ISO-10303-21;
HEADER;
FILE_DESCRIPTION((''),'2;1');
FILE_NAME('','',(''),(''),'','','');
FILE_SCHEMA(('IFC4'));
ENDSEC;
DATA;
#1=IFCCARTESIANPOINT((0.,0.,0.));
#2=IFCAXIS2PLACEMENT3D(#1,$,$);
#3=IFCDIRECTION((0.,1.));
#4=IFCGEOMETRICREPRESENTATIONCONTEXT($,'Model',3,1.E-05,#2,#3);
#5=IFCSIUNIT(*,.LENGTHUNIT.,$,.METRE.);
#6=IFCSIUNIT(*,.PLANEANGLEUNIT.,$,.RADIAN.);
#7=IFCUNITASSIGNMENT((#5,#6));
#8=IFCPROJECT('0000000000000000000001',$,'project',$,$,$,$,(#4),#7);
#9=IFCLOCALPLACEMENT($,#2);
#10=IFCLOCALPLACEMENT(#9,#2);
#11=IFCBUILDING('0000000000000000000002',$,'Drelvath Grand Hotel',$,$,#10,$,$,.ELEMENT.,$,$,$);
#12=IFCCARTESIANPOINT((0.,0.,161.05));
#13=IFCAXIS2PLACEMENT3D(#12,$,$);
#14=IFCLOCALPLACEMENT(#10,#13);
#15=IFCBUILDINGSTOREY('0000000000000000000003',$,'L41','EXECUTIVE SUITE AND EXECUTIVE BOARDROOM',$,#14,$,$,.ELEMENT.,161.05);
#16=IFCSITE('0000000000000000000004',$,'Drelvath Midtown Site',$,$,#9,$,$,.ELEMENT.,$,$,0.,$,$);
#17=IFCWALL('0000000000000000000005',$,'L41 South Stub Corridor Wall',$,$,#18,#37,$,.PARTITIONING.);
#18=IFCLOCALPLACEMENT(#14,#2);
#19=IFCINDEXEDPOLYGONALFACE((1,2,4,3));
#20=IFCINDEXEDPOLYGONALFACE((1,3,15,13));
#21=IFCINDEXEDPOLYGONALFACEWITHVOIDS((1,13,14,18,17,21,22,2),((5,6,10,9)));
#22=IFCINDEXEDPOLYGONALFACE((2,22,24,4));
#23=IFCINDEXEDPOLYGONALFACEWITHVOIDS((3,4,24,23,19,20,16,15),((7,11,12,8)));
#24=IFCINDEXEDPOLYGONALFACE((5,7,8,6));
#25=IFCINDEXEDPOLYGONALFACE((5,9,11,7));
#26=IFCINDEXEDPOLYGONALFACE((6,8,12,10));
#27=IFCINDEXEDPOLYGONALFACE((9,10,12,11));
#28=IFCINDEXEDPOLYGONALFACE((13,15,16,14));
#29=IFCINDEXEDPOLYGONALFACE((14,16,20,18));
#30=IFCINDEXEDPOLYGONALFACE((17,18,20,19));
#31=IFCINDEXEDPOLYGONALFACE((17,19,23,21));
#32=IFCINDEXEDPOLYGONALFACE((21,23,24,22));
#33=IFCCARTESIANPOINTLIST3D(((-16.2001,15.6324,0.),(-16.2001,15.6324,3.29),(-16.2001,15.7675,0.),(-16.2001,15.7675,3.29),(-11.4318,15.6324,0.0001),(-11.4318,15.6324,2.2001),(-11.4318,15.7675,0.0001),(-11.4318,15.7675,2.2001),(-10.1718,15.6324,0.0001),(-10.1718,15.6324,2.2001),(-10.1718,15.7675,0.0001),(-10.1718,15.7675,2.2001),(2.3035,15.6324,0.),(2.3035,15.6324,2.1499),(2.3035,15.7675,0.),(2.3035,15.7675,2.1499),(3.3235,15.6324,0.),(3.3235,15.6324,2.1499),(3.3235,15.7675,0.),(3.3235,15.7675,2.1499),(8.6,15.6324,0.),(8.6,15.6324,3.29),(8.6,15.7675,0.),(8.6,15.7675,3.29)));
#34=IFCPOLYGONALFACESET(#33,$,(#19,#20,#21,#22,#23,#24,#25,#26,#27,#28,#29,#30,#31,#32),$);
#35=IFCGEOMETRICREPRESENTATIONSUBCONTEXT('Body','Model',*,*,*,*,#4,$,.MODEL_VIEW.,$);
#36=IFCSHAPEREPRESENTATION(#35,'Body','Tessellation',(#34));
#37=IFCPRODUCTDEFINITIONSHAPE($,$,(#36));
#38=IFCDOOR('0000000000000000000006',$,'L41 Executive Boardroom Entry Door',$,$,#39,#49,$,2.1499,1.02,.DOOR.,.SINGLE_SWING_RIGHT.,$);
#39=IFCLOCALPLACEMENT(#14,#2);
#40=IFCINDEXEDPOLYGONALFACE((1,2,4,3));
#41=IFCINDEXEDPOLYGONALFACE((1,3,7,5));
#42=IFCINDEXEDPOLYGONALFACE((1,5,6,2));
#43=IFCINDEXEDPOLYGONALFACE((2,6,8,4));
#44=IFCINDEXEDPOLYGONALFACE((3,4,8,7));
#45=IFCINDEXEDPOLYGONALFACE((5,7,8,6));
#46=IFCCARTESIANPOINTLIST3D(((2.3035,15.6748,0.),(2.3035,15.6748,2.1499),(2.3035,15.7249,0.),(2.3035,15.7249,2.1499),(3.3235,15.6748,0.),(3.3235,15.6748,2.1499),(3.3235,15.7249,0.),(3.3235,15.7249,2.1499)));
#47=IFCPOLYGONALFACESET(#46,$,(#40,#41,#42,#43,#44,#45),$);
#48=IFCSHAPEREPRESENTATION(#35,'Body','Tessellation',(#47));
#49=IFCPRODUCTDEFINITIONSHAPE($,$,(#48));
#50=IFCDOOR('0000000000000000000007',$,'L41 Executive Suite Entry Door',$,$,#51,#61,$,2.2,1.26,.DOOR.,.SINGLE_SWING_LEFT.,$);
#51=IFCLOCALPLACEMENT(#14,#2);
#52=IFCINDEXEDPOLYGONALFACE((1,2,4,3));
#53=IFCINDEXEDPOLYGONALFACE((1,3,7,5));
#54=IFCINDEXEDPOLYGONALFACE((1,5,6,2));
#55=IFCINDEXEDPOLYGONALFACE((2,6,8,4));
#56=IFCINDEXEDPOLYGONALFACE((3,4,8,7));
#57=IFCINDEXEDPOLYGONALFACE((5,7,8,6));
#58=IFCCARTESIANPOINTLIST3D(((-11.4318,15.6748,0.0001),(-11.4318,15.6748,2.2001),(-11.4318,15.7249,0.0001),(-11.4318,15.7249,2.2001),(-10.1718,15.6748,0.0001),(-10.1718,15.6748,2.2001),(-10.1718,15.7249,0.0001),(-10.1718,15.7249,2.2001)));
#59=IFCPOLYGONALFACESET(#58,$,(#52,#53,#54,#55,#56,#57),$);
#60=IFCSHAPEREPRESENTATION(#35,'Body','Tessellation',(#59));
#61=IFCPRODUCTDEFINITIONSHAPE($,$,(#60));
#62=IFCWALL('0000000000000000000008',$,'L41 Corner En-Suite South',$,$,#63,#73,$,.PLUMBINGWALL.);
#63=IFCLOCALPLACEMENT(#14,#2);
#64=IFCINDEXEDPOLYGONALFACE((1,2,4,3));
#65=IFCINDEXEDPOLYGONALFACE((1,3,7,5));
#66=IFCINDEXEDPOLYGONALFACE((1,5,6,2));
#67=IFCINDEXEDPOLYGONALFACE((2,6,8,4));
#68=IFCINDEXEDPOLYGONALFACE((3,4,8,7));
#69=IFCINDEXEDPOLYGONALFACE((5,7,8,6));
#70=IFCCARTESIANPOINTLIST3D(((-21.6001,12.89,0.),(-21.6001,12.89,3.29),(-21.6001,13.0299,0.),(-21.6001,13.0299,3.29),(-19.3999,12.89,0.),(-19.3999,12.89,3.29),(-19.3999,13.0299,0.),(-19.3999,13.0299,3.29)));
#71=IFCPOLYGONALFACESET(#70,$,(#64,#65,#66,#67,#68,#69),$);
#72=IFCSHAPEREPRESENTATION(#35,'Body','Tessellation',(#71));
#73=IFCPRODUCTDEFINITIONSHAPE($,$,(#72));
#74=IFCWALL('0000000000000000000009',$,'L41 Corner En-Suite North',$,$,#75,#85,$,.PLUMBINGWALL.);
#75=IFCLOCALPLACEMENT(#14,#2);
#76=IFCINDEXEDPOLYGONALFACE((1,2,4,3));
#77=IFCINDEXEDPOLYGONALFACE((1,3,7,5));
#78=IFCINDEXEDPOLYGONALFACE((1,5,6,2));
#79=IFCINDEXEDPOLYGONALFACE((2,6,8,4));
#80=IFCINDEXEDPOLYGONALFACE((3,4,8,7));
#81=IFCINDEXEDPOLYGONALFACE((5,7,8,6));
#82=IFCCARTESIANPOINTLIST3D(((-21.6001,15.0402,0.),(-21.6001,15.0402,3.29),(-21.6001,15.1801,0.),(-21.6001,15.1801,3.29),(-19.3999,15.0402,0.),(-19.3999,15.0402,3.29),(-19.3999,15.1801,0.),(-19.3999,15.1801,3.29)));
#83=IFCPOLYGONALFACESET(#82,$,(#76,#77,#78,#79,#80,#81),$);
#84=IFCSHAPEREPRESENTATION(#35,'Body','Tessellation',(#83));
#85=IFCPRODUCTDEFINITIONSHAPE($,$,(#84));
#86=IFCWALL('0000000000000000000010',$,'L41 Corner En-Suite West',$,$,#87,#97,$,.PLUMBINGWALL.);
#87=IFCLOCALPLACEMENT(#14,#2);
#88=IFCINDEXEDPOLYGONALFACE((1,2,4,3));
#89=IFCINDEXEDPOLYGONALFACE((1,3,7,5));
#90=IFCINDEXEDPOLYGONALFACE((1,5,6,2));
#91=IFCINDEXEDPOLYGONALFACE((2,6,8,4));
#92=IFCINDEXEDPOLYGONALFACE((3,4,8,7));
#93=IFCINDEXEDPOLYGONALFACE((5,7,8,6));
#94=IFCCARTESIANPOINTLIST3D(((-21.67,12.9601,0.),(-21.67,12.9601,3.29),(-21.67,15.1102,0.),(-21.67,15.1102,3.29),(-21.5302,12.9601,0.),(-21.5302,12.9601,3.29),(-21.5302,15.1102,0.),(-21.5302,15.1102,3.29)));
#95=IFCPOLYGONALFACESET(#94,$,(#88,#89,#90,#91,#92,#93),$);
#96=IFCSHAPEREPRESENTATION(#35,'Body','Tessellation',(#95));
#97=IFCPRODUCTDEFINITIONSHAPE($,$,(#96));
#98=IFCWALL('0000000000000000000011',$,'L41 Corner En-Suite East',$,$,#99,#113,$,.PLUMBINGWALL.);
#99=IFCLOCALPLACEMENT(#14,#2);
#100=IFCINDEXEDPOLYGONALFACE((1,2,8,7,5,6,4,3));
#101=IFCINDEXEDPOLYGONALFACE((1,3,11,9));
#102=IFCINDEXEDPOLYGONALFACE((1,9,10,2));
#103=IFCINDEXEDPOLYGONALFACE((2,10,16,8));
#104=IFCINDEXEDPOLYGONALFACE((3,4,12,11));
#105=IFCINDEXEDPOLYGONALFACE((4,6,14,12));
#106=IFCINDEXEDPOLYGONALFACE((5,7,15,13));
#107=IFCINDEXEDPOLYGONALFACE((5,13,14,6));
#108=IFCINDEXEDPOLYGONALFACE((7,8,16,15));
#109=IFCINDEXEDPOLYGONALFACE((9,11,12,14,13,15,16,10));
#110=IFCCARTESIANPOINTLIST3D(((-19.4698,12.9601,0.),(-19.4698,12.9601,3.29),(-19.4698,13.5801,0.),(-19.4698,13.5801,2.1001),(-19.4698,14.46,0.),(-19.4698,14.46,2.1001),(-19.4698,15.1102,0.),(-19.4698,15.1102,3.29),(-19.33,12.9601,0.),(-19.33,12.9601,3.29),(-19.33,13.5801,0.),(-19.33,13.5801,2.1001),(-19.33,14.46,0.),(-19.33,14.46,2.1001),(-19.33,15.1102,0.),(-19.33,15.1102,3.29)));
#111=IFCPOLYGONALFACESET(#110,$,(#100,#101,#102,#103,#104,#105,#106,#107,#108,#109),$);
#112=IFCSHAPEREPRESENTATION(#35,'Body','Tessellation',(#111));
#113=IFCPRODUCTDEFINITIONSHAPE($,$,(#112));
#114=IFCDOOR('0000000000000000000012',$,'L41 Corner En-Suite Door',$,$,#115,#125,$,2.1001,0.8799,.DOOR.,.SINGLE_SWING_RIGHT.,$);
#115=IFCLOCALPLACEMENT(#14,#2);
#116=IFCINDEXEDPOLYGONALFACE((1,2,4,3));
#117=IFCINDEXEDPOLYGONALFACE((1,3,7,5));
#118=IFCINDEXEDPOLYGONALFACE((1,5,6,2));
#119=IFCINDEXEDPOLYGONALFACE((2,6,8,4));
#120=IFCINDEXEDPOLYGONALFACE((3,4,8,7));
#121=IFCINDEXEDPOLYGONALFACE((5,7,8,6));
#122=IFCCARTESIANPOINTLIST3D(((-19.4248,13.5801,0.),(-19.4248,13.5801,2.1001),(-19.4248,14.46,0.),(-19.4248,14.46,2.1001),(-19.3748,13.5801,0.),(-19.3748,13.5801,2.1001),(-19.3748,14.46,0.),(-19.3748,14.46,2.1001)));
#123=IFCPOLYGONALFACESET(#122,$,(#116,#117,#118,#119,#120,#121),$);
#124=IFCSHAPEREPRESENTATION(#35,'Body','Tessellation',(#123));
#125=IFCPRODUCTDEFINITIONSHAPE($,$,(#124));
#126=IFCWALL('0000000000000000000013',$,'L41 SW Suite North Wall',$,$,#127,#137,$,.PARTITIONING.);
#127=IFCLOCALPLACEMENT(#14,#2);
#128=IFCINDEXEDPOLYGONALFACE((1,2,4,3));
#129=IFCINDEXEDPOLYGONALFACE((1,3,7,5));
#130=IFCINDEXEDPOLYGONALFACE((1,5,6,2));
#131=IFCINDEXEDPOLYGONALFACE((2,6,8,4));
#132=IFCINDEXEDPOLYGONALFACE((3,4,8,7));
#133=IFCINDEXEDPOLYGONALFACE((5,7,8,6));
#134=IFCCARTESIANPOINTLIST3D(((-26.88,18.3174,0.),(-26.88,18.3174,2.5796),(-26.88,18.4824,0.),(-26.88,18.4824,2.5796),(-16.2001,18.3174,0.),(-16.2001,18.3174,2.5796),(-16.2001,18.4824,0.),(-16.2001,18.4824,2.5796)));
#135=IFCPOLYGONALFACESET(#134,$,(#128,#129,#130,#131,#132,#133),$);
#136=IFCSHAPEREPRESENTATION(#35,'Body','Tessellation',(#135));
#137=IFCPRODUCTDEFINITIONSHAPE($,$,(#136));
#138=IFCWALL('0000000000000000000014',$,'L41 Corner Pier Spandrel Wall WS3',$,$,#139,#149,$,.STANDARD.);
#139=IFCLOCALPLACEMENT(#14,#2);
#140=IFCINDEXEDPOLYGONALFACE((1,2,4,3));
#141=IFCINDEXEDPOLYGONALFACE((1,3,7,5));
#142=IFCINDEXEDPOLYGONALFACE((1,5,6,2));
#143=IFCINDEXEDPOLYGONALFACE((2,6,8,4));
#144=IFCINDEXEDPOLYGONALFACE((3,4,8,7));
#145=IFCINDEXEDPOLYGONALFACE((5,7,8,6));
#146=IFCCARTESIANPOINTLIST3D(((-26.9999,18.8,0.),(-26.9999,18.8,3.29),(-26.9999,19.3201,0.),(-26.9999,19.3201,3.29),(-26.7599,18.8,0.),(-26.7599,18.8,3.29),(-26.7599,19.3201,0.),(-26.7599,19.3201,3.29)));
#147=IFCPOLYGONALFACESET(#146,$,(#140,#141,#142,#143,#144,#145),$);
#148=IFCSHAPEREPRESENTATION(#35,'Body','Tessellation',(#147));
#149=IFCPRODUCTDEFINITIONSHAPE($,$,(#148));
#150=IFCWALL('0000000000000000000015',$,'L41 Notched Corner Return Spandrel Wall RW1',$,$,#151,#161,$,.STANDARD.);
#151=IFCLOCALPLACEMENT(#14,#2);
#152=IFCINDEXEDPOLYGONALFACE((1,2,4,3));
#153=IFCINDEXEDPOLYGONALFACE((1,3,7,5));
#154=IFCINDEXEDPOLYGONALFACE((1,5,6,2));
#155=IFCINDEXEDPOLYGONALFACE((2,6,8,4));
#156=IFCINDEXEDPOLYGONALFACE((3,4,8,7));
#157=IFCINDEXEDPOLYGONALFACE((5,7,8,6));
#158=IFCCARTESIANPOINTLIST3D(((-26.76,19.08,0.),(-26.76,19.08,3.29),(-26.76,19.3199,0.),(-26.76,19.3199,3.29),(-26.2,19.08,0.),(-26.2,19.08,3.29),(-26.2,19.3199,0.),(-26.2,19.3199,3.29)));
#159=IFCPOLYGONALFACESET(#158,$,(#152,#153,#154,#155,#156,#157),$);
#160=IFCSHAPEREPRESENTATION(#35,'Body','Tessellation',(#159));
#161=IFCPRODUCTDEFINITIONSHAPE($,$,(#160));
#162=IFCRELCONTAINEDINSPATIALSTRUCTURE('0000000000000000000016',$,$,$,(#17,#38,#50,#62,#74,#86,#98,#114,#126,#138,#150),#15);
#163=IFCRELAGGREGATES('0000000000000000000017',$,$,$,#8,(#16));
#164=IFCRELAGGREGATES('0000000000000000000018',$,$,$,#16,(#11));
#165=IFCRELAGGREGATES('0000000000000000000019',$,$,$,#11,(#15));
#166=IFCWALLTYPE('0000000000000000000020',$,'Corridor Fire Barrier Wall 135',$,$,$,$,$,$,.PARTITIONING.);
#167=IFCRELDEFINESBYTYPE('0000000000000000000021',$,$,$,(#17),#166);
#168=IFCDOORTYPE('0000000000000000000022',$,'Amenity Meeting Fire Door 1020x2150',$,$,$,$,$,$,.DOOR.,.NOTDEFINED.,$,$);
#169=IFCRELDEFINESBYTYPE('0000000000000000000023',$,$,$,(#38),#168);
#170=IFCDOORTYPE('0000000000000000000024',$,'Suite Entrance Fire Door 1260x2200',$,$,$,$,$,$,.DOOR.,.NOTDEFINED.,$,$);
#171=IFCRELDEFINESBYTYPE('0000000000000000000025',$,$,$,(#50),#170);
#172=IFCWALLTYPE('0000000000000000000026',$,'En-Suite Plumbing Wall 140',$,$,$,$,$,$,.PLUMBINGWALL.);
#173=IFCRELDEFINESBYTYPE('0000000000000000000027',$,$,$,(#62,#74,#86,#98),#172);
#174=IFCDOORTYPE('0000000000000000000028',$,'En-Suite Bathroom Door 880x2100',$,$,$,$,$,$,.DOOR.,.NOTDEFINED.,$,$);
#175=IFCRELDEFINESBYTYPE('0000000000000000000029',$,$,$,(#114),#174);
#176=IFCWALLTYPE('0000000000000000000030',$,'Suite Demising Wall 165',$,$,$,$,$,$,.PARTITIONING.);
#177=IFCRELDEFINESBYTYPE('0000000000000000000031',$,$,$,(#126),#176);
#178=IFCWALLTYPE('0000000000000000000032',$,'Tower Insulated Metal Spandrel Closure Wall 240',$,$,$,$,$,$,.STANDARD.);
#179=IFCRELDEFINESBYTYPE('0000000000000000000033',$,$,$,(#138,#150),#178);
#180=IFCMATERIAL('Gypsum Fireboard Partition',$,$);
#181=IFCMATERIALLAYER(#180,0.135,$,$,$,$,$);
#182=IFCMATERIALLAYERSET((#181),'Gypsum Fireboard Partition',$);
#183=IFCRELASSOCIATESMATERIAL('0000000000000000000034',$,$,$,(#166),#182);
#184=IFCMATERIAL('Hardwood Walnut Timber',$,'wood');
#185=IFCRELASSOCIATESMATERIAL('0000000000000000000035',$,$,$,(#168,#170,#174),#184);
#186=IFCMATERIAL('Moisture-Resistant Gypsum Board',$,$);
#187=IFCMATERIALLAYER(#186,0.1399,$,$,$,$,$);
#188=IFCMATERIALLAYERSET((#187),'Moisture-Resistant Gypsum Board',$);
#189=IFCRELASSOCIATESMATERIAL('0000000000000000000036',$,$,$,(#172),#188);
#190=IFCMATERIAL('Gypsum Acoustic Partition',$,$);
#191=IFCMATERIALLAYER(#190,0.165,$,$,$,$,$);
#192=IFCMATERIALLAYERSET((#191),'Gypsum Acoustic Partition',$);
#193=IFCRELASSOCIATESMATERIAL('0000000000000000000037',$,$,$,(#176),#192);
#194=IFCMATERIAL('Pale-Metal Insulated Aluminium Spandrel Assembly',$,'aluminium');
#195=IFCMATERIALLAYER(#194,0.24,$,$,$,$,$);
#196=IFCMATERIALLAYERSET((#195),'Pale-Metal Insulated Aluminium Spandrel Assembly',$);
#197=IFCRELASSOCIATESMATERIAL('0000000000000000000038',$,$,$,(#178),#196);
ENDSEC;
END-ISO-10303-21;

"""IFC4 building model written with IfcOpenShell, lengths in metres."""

from ifc_helpers import new_model, si_unit, direction, frame, frame_2d, origin, place, context, subcontext, project, spatial, rectangle, extrude, material, layer, layer_set, type_object, element, fill, save


model = new_model("IFC4")

# Units and contexts
model_context = context("Model", 3, precision=1e-05, world=origin(), true_north=direction((0.0, 1.0)))
body_context = subcontext(model_context, "Body", "Model", "MODEL_VIEW")
ifc_project = project(units=[si_unit("LENGTHUNIT", "METRE"), si_unit("PLANEANGLEUNIT", "RADIAN")], contexts=[model_context])

# Site, building, storey
site_placement = place(None, origin())
site = spatial("IfcSite", under=ifc_project, at=site_placement, Name="Drelvath Midtown Site", CompositionType="ELEMENT", RefElevation=0.0)
building_placement = place(site_placement, origin())
building = spatial("IfcBuilding", under=site, at=building_placement, Name="Drelvath Grand Hotel", CompositionType="ELEMENT")
storey_placement = place(building_placement, frame((0.0, 0.0, 161.05)))
storey = spatial("IfcBuildingStorey", under=building, at=storey_placement, Name="L41", Description="EXECUTIVE SUITE AND EXECUTIVE BOARDROOM", CompositionType="ELEMENT", Elevation=161.05)

# Wall, openings, doors
ifc_material_1 = material(Name="Gypsum Fireboard Partition")
ifc_layer_1 = layer(ifc_material_1, 0.135)
ifc_layer_set_1 = layer_set([ifc_layer_1], Name="Gypsum Fireboard Partition")
wall_type_1 = type_object("IfcWallType", Name="Corridor Fire Barrier Wall 135", PredefinedType="PARTITIONING", material=ifc_layer_set_1)
wall_1_placement = place(storey_placement, frame((-16.2, 15.7, 0.0), z_axis=(0.0, 0.0, 1.0), x_axis=(1.0, 0.0, 0.0)))
wall_1 = element("IfcWall", 1, at=wall_1_placement, inside=storey, type_object=wall_type_1, Name="L41 South Stub Corridor Wall", PredefinedType="PARTITIONING", context=body_context, shape_type="SweptSolid", body=[
    extrude(rectangle(XDim=24.8, YDim=0.135, at=frame_2d((12.3999, 0.0))), origin(), (0.0, 0.0, 1.0), 3.29),
])
opening_1_placement = place(wall_1_placement, frame((4.7683, 0.0, 0.0)))
opening_1 = element("IfcOpeningElement", 2, at=opening_1_placement, cuts=wall_1, PredefinedType="OPENING", context=body_context, shape_type="SweptSolid", body=[
    extrude(rectangle(XDim=1.26, YDim=2.2, at=frame_2d((0.6299, 1.1001))), frame((0.0, 0.0774, 0.0), z_axis=(0.0, -1.0, 0.0), x_axis=(1.0, 0.0, 0.0)), (0.0, 0.0, 1.0), 0.155),
])
opening_2_placement = place(wall_1_placement, frame((18.5034, 0.0, 0.0)))
opening_2 = element("IfcOpeningElement", 3, at=opening_2_placement, cuts=wall_1, PredefinedType="OPENING", context=body_context, shape_type="SweptSolid", body=[
    extrude(rectangle(XDim=1.02, YDim=2.1499, at=frame_2d((0.51, 1.075))), frame((0.0, 0.0774, 0.0), z_axis=(0.0, -1.0, 0.0), x_axis=(1.0, 0.0, 0.0)), (0.0, 0.0, 1.0), 0.155),
])
ifc_material_2 = material(Name="Hardwood Walnut Timber", Category="wood")
door_type_1 = type_object("IfcDoorType", Name="Amenity Meeting Fire Door 1020x2150", OperationType="NOTDEFINED", PredefinedType="DOOR", material=ifc_material_2)
door_1_placement = place(opening_2_placement, origin())
door_1 = element("IfcDoor", 4, at=door_1_placement, inside=storey, type_object=door_type_1, Name="L41 Executive Boardroom Entry Door", OperationType="SINGLE_SWING_RIGHT", OverallHeight=2.1499, OverallWidth=1.02, PredefinedType="DOOR", context=body_context, shape_type="SweptSolid", body=[
    extrude(rectangle(XDim=1.02, YDim=2.1499, at=frame_2d((0.51, 1.075))), frame((0.0, 0.0249, 0.0), z_axis=(0.0, -1.0, 0.0), x_axis=(1.0, 0.0, 0.0)), (0.0, 0.0, 1.0), 0.05),
])
fill(opening_2, door_1)
door_type_2 = type_object("IfcDoorType", Name="Suite Entrance Fire Door 1260x2200", OperationType="NOTDEFINED", PredefinedType="DOOR", material=ifc_material_2)
door_2_placement = place(opening_1_placement, origin())
door_2 = element("IfcDoor", 5, at=door_2_placement, inside=storey, type_object=door_type_2, Name="L41 Executive Suite Entry Door", OperationType="SINGLE_SWING_LEFT", OverallHeight=2.2, OverallWidth=1.26, PredefinedType="DOOR", context=body_context, shape_type="SweptSolid", body=[
    extrude(rectangle(XDim=1.26, YDim=2.2, at=frame_2d((0.6299, 1.1001))), frame((0.0, 0.0249, 0.0), z_axis=(0.0, -1.0, 0.0), x_axis=(1.0, 0.0, 0.0)), (0.0, 0.0, 1.0), 0.05),
])
fill(opening_1, door_2)

# Walls
ifc_material_3 = material(Name="Moisture-Resistant Gypsum Board")
ifc_layer_2 = layer(ifc_material_3, 0.1399)
ifc_layer_set_2 = layer_set([ifc_layer_2], Name="Moisture-Resistant Gypsum Board")
wall_type_2 = type_object("IfcWallType", Name="En-Suite Plumbing Wall 140", PredefinedType="PLUMBINGWALL", material=ifc_layer_set_2)
for number, where, z_axis, x_axis, name in (
    (6, (-21.6001, 12.96, 0.0), (0.0, 0.0, 1.0), (1.0, 0.0, 0.0), "L41 Corner En-Suite South"),
    (7, (-21.6001, 15.1101, 0.0), (0.0, 0.0, 1.0), (1.0, 0.0, 0.0), "L41 Corner En-Suite North"),
):
    element("IfcWall", number, at=place(storey_placement, frame(where, z_axis=z_axis, x_axis=x_axis)), inside=storey, type_object=wall_type_2, Name=name, PredefinedType="PLUMBINGWALL", context=body_context, shape_type="SweptSolid", body=[
        extrude(rectangle(XDim=2.2002, YDim=0.1399, at=frame_2d((1.1001, 0.0))), origin(), (0.0, 0.0, 1.0), 3.29),
    ])
wall_2_placement = place(storey_placement, frame((-21.6001, 12.96, 0.0), z_axis=(0.0, 0.0, 1.0), x_axis=(0.0, 1.0, 0.0)))
element("IfcWall", 8, at=wall_2_placement, inside=storey, type_object=wall_type_2, Name="L41 Corner En-Suite West", PredefinedType="PLUMBINGWALL", context=body_context, shape_type="SweptSolid", body=[
    extrude(rectangle(XDim=2.1501, YDim=0.1399, at=frame_2d((1.0752, 0.0))), origin(), (0.0, 0.0, 1.0), 3.29),
])

# Wall, opening, door
wall_3_placement = place(storey_placement, frame((-19.3999, 12.96, 0.0), z_axis=(0.0, 0.0, 1.0), x_axis=(0.0, 1.0, 0.0)))
wall_3 = element("IfcWall", 9, at=wall_3_placement, inside=storey, type_object=wall_type_2, Name="L41 Corner En-Suite East", PredefinedType="PLUMBINGWALL", context=body_context, shape_type="SweptSolid", body=[
    extrude(rectangle(XDim=2.1501, YDim=0.1399, at=frame_2d((1.0752, 0.0))), origin(), (0.0, 0.0, 1.0), 3.29),
])
opening_3_placement = place(wall_3_placement, frame((0.6201, 0.0, 0.0)))
opening_3 = element("IfcOpeningElement", 10, at=opening_3_placement, cuts=wall_3, PredefinedType="OPENING", context=body_context, shape_type="SweptSolid", body=[
    extrude(rectangle(XDim=0.8799, YDim=2.1001, at=frame_2d((0.4399, 1.05))), frame((0.0, 0.0798, 0.0), z_axis=(0.0, -1.0, 0.0), x_axis=(1.0, 0.0, 0.0)), (0.0, 0.0, 1.0), 0.1599),
])
door_type_3 = type_object("IfcDoorType", Name="En-Suite Bathroom Door 880x2100", OperationType="NOTDEFINED", PredefinedType="DOOR", material=ifc_material_2)
door_3_placement = place(opening_3_placement, origin())
door_3 = element("IfcDoor", 11, at=door_3_placement, inside=storey, type_object=door_type_3, Name="L41 Corner En-Suite Door", OperationType="SINGLE_SWING_RIGHT", OverallHeight=2.1001, OverallWidth=0.8799, PredefinedType="DOOR", context=body_context, shape_type="SweptSolid", body=[
    extrude(rectangle(XDim=0.8799, YDim=2.1001, at=frame_2d((0.4399, 1.05))), frame((0.0, 0.0249, 0.0), z_axis=(0.0, -1.0, 0.0), x_axis=(1.0, 0.0, 0.0)), (0.0, 0.0, 1.0), 0.05),
])
fill(opening_3, door_3)

# Walls
ifc_material_4 = material(Name="Gypsum Acoustic Partition")
ifc_layer_3 = layer(ifc_material_4, 0.165)
ifc_layer_set_3 = layer_set([ifc_layer_3], Name="Gypsum Acoustic Partition")
wall_type_3 = type_object("IfcWallType", Name="Suite Demising Wall 165", PredefinedType="PARTITIONING", material=ifc_layer_set_3)
wall_4_placement = place(storey_placement, frame((-26.8799, 18.3999, 0.0), z_axis=(0.0, 0.0, 1.0), x_axis=(1.0, 0.0, 0.0)))
element("IfcWall", 12, at=wall_4_placement, inside=storey, type_object=wall_type_3, Name="L41 SW Suite North Wall", PredefinedType="PARTITIONING", context=body_context, shape_type="SweptSolid", body=[
    extrude(rectangle(XDim=10.6799, YDim=0.165, at=frame_2d((5.3398, 0.0))), origin(), (0.0, 0.0, 1.0), 2.5796),
])
ifc_material_5 = material(Name="Pale-Metal Insulated Aluminium Spandrel Assembly", Category="aluminium")
ifc_layer_4 = layer(ifc_material_5, 0.24)
ifc_layer_set_4 = layer_set([ifc_layer_4], Name="Pale-Metal Insulated Aluminium Spandrel Assembly")
wall_type_4 = type_object("IfcWallType", Name="Tower Insulated Metal Spandrel Closure Wall 240", PredefinedType="STANDARD", material=ifc_layer_set_4)
wall_5_placement = place(storey_placement, frame((-26.8799, 18.8, 0.0), z_axis=(0.0, 0.0, 1.0), x_axis=(0.0, 1.0, 0.0)))
element("IfcWall", 13, at=wall_5_placement, inside=storey, type_object=wall_type_4, Name="L41 Corner Pier Spandrel Wall WS3", PredefinedType="STANDARD", context=body_context, shape_type="SweptSolid", body=[
    extrude(rectangle(XDim=0.52, YDim=0.24, at=frame_2d((0.26, 0.0))), origin(), (0.0, 0.0, 1.0), 3.29),
])
wall_6_placement = place(storey_placement, frame((-26.76, 19.2, 0.0), z_axis=(0.0, 0.0, 1.0), x_axis=(1.0, 0.0, 0.0)))
element("IfcWall", 14, at=wall_6_placement, inside=storey, type_object=wall_type_4, Name="L41 Notched Corner Return Spandrel Wall RW1", PredefinedType="STANDARD", context=body_context, shape_type="SweptSolid", body=[
    extrude(rectangle(XDim=0.5601, YDim=0.24, at=frame_2d((0.28, 0.0))), origin(), (0.0, 0.0, 1.0), 3.29),
])

save(model, "model.ifc")
